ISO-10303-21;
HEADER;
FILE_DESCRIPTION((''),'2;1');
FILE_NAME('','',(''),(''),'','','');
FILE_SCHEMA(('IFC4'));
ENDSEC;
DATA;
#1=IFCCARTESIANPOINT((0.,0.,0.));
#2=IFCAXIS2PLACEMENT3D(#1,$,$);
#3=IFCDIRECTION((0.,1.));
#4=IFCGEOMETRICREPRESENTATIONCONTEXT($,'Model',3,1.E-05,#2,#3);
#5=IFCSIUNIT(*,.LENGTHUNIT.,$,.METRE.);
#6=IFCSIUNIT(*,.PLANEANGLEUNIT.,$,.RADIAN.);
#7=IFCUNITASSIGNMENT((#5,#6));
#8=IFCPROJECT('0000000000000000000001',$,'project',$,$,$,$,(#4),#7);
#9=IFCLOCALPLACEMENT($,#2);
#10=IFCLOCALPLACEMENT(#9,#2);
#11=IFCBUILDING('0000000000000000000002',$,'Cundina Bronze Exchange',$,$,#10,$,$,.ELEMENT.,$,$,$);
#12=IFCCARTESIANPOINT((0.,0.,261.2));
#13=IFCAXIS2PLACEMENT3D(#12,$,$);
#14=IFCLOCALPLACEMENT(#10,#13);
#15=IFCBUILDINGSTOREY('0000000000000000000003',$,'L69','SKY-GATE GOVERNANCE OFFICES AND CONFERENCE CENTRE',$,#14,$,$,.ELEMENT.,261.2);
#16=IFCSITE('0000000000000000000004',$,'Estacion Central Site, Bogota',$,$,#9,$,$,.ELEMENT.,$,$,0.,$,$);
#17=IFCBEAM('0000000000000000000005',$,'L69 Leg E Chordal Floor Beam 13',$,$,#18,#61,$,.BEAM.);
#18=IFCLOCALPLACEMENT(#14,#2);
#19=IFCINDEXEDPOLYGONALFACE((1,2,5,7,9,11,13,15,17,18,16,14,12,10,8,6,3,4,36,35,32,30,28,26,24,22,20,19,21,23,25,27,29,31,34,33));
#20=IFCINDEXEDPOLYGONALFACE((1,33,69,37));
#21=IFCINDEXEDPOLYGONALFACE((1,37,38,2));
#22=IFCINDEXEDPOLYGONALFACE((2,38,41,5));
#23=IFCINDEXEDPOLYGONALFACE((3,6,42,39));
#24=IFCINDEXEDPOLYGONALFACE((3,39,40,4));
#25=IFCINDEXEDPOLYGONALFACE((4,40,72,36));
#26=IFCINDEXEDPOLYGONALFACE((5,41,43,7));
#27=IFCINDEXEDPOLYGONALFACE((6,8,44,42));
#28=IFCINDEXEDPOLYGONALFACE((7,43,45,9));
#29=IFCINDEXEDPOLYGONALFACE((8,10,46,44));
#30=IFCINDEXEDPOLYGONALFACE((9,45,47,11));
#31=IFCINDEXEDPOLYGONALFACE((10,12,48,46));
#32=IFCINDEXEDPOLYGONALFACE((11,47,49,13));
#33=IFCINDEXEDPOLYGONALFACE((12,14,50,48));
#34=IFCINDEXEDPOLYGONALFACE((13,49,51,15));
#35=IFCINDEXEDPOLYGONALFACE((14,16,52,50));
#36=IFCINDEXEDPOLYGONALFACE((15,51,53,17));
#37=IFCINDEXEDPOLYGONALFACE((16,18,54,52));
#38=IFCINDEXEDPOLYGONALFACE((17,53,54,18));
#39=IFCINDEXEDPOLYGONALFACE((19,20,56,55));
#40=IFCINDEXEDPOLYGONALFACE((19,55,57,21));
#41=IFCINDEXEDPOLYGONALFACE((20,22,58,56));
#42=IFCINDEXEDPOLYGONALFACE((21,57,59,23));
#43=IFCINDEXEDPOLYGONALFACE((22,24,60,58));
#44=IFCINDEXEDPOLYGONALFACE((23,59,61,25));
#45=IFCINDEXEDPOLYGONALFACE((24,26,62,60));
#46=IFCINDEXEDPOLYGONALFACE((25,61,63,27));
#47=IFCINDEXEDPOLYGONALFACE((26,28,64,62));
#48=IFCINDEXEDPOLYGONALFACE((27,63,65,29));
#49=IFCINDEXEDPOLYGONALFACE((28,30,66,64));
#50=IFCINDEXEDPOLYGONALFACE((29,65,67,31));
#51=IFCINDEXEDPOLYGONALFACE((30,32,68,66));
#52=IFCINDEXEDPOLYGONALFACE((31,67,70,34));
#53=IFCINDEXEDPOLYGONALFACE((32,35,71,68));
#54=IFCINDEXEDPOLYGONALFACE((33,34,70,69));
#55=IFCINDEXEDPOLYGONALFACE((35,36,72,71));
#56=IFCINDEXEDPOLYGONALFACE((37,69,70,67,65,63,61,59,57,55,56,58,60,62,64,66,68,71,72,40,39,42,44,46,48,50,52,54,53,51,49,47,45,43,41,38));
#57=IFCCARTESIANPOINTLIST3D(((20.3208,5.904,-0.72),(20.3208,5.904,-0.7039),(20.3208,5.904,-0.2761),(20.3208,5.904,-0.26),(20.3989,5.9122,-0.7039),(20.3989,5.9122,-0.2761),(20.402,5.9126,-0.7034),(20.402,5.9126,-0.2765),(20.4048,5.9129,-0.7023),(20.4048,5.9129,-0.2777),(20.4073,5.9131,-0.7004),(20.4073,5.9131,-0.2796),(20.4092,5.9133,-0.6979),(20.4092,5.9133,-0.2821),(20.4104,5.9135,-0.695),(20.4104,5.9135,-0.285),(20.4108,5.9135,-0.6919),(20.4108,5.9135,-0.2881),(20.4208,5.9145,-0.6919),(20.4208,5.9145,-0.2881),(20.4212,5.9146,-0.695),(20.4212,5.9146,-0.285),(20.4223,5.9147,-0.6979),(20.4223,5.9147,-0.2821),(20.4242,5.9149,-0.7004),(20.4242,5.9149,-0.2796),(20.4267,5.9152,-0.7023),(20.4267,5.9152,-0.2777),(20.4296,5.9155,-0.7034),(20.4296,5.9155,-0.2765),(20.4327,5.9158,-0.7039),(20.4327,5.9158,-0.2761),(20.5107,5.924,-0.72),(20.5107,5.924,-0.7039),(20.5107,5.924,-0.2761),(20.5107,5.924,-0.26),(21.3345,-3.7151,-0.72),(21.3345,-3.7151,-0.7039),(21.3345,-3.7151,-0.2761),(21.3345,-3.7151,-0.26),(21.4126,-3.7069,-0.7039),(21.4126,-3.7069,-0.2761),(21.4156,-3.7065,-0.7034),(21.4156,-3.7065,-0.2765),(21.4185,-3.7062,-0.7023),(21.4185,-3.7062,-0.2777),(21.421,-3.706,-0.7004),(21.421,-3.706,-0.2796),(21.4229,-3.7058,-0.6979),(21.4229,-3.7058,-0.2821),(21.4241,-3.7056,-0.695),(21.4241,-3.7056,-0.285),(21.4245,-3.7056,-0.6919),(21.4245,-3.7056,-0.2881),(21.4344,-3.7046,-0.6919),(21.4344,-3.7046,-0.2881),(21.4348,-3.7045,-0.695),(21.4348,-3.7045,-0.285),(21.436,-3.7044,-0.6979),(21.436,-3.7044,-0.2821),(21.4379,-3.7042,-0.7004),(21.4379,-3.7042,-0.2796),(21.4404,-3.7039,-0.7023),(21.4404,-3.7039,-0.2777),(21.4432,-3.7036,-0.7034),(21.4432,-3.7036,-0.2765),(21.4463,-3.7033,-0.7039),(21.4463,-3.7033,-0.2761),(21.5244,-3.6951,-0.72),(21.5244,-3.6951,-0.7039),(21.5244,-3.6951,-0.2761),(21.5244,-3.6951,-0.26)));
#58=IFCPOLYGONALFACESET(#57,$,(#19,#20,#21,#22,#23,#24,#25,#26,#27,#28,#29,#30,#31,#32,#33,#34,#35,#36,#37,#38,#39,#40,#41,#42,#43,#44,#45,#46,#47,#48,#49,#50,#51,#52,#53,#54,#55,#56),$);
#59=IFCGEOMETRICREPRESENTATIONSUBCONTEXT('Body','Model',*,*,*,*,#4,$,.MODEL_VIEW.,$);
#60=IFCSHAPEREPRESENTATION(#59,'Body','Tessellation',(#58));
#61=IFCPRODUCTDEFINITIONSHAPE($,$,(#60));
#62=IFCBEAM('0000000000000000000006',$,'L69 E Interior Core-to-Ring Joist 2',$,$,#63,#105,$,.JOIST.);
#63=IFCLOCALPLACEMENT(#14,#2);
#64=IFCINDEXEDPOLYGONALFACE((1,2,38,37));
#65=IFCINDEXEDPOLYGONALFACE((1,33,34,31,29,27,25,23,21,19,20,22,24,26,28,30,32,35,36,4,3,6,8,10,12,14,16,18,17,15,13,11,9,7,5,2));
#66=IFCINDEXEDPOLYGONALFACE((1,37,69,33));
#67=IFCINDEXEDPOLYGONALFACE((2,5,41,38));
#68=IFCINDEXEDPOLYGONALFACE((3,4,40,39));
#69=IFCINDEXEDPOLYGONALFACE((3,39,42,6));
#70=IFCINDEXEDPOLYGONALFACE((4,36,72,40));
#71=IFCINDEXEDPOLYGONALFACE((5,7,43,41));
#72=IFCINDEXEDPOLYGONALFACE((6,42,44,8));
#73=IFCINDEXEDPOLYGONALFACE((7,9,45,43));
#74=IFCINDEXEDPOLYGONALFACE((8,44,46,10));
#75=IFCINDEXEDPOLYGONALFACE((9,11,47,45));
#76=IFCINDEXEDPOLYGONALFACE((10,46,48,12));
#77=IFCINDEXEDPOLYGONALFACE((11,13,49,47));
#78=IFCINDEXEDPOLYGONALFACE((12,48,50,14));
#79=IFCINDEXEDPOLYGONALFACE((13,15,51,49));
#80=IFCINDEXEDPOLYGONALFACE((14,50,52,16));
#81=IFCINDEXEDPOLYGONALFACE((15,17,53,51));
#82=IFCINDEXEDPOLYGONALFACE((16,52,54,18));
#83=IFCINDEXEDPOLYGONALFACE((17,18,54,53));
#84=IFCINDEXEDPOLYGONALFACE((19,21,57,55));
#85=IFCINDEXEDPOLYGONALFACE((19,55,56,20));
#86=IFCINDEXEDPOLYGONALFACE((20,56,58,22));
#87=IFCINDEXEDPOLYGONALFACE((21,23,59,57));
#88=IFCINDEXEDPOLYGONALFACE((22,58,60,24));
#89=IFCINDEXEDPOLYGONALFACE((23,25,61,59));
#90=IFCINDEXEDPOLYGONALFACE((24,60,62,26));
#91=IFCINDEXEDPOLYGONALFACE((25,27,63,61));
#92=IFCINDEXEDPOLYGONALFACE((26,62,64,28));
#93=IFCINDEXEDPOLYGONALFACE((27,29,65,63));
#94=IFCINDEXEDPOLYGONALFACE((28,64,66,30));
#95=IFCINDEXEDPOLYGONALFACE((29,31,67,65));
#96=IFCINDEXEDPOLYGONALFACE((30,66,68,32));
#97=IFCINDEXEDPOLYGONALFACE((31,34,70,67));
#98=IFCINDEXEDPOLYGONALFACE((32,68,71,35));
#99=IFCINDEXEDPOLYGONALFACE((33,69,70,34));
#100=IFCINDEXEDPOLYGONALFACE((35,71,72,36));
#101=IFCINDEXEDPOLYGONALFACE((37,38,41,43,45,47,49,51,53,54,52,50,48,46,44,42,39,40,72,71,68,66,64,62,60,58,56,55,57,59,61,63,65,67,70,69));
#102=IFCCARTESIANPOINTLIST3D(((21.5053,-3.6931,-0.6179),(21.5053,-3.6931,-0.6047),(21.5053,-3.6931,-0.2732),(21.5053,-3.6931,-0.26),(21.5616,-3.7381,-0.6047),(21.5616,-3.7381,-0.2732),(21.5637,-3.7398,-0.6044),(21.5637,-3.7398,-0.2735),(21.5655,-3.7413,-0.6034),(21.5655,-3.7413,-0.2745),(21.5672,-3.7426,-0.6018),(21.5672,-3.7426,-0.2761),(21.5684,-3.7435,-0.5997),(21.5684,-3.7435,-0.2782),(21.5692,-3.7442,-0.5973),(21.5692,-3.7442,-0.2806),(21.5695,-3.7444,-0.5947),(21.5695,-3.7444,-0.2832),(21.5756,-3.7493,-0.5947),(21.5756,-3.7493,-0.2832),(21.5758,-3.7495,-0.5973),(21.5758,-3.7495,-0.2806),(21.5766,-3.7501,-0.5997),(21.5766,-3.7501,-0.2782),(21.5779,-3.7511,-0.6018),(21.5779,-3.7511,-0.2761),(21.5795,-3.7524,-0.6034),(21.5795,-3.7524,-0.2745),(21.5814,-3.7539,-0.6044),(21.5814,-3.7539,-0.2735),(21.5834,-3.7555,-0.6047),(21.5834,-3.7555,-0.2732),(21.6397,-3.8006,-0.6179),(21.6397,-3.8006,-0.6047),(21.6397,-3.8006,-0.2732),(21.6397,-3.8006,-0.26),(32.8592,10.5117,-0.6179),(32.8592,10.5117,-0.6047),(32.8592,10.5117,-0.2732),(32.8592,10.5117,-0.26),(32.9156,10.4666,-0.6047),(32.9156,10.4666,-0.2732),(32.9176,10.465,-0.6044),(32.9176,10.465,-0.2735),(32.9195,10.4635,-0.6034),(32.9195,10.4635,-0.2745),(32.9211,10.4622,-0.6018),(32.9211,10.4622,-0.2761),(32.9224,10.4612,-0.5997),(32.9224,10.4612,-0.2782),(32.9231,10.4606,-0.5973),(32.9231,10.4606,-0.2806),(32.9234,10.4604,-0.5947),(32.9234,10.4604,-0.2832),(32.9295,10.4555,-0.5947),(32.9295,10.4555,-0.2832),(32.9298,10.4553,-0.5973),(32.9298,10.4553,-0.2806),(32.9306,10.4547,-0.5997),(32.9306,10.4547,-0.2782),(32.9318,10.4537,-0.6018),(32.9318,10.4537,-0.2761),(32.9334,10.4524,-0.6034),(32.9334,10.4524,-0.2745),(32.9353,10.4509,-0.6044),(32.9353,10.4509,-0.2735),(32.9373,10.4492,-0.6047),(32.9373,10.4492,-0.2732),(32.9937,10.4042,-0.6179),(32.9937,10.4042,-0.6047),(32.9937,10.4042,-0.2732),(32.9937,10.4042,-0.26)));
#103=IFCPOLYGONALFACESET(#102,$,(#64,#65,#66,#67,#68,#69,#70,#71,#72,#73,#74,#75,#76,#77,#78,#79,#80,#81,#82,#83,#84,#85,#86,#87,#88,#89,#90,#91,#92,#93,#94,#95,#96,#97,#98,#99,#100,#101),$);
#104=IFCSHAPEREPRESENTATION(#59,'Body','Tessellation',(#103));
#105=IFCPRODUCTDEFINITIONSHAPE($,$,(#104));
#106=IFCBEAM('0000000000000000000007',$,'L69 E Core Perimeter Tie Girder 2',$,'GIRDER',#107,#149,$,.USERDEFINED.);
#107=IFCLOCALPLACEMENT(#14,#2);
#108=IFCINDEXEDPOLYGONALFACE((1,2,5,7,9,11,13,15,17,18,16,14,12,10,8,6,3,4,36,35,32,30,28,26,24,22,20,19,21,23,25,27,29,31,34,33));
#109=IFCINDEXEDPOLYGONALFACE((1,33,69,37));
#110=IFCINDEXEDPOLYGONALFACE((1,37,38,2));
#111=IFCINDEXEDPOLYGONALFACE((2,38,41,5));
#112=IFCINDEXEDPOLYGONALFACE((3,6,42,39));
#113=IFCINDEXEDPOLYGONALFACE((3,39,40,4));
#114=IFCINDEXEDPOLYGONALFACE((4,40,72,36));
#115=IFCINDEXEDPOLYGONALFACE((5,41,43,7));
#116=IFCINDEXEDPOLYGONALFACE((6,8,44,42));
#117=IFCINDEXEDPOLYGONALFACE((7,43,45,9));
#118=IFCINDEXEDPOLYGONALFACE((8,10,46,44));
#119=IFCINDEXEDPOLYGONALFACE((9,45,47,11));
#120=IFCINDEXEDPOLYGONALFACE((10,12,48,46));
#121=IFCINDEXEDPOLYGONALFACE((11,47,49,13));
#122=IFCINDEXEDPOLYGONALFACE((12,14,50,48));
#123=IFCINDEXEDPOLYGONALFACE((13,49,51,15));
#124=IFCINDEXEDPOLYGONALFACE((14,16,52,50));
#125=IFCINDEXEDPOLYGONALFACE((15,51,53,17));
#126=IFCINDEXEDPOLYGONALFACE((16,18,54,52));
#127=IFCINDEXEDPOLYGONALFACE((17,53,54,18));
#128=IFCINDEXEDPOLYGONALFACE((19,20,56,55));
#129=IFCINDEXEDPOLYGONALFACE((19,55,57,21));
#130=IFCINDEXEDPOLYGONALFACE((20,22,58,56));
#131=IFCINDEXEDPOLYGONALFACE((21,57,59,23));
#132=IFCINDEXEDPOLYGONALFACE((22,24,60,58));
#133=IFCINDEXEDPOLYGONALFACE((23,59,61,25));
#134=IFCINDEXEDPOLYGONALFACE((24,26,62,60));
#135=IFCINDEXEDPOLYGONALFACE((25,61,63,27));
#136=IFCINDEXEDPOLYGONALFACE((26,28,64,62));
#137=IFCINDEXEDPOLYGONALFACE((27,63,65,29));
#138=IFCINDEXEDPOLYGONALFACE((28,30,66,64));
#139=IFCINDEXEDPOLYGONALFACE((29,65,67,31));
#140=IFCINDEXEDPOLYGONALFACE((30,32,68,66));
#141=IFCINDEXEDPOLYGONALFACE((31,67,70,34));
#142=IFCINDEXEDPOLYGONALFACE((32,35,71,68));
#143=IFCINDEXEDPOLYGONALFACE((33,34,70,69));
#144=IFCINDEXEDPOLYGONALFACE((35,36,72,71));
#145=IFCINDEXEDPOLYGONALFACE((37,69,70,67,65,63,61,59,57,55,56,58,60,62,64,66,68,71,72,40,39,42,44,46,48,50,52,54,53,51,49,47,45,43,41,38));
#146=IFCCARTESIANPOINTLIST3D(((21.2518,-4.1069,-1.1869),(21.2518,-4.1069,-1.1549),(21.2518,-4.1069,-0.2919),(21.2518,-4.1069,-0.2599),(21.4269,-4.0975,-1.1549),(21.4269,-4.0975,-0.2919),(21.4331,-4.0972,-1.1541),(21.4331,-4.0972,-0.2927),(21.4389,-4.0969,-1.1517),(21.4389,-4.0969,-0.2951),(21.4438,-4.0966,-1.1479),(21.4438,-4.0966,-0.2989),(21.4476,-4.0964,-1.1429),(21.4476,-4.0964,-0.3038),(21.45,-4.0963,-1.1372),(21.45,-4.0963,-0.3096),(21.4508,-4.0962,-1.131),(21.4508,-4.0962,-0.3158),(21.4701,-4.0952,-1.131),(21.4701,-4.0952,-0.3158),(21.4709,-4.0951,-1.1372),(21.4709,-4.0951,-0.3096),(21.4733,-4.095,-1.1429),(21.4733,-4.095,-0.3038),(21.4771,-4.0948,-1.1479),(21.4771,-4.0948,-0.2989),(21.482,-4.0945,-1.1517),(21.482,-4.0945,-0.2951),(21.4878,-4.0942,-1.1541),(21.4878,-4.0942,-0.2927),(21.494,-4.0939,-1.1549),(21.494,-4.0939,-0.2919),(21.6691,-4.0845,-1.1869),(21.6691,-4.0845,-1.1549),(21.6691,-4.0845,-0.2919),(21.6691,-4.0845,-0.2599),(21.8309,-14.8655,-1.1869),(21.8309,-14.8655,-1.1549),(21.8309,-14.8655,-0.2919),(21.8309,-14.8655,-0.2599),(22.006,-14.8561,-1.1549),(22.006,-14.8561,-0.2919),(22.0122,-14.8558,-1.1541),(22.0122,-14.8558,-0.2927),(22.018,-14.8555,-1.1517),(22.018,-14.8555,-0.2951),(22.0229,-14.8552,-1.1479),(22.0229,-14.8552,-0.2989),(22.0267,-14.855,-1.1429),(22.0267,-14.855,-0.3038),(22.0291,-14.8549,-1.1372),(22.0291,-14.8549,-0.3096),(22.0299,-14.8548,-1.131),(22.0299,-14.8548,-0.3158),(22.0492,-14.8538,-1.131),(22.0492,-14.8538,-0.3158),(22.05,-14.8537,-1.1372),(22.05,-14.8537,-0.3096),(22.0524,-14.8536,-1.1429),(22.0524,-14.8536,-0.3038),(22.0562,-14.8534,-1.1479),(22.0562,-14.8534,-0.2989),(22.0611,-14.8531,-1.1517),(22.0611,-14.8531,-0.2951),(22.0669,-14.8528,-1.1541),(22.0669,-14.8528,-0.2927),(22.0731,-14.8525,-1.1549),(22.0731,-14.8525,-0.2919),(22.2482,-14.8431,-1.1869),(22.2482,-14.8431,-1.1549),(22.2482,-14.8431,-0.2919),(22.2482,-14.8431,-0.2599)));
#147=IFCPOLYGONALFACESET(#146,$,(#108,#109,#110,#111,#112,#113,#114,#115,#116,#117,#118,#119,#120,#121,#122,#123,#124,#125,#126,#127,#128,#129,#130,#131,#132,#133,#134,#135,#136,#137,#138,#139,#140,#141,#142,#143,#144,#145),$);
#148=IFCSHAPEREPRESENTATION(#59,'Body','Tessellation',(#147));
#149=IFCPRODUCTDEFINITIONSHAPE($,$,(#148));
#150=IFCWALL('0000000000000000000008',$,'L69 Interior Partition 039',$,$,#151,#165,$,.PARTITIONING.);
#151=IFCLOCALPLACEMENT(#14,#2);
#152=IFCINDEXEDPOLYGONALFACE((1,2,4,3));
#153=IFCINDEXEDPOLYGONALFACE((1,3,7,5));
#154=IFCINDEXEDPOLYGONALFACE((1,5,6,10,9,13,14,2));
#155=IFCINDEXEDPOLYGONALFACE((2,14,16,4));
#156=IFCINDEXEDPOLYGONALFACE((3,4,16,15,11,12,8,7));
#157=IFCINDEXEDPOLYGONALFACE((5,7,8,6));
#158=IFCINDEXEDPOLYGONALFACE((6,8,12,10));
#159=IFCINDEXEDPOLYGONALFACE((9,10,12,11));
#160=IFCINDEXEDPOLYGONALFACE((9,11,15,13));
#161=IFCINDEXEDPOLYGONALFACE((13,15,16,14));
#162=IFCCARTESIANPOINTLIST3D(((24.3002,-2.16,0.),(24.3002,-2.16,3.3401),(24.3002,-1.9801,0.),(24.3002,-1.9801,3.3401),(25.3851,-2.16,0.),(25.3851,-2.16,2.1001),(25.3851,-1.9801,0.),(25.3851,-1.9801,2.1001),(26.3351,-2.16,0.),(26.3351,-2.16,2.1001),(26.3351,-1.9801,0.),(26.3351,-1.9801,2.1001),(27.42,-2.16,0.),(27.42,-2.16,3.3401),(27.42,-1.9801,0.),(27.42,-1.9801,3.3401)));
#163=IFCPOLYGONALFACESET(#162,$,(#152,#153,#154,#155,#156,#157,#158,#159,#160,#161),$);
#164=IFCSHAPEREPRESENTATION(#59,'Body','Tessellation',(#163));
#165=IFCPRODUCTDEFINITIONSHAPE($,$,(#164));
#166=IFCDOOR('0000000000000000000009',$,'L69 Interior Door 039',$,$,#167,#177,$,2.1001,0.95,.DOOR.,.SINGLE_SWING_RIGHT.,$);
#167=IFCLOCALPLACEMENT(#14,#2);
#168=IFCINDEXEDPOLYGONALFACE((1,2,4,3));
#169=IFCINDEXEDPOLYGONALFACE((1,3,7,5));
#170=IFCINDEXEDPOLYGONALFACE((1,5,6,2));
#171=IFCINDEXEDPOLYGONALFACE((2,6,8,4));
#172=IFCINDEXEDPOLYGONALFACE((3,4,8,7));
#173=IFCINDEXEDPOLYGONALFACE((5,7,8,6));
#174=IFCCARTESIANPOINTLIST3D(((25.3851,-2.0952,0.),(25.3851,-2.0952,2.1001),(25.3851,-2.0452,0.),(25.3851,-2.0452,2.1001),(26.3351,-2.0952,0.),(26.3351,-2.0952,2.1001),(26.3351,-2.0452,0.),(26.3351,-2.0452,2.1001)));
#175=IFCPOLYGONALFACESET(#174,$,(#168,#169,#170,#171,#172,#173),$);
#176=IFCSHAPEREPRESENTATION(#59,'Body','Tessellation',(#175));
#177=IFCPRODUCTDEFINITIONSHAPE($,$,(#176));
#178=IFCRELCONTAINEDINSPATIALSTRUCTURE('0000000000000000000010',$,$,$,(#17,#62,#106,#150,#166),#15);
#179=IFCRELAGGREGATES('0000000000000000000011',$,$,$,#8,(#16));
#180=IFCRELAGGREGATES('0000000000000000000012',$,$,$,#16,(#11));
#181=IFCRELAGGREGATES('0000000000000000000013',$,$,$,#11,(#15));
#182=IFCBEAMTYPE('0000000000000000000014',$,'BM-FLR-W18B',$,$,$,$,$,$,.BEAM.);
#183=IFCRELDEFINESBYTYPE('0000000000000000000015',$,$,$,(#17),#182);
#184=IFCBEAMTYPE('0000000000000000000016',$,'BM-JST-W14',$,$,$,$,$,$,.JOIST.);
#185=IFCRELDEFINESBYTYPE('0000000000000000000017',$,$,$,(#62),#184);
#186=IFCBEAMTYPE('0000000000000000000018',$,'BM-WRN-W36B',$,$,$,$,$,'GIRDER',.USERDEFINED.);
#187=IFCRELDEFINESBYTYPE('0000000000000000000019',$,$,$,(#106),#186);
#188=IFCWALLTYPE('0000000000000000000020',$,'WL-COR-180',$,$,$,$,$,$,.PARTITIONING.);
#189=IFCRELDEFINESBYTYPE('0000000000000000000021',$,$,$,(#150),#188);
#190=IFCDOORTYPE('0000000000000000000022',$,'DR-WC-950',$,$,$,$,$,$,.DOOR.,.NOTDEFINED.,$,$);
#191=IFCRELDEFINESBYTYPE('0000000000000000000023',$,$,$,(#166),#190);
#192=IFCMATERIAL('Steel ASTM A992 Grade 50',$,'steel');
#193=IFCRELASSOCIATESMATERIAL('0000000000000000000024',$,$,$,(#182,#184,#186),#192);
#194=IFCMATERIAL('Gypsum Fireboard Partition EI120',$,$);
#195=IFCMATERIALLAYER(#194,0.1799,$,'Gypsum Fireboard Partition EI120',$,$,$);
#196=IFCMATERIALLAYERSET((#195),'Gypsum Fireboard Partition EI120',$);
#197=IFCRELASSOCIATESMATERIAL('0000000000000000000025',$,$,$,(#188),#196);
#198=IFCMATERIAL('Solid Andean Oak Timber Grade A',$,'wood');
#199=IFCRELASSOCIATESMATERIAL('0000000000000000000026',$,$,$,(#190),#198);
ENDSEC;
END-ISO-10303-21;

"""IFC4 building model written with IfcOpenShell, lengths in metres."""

from ifc_helpers import new_model, si_unit, direction, frame, frame_2d, origin, origin_2d, place, context, subcontext, project, spatial, rectangle, i_section, extrude, material, layer, layer_set, material_profile, profile_set, type_object, element, fill, save


model = new_model("IFC4")

# Units and contexts
model_context = context("Model", 3, precision=1e-05, world=origin(), true_north=direction((0.0, 1.0)))
body_context = subcontext(model_context, "Body", "Model", "MODEL_VIEW")
ifc_project = project(units=[si_unit("LENGTHUNIT", "METRE"), si_unit("PLANEANGLEUNIT", "RADIAN")], contexts=[model_context])

# Site, building, storey
site_placement = place(None, origin())
site = spatial("IfcSite", under=ifc_project, at=site_placement, Name="Estacion Central Site, Bogota", CompositionType="ELEMENT", RefElevation=0.0)
building_placement = place(site_placement, origin())
building = spatial("IfcBuilding", under=site, at=building_placement, Name="Cundina Bronze Exchange", CompositionType="ELEMENT")
storey_placement = place(building_placement, frame((0.0, 0.0, 261.2)))
storey = spatial("IfcBuildingStorey", under=building, at=storey_placement, Name="L69", Description="SKY-GATE GOVERNANCE OFFICES AND CONFERENCE CENTRE", CompositionType="ELEMENT", Elevation=261.2)

# Shared definitions
ifc_material_1 = material(Name="Steel ASTM A992 Grade 50", Category="steel")

# Beams
ifc_material_profile_1 = material_profile(ifc_material_1, i_section(OverallWidth=0.1909, OverallDepth=0.46, WebThickness=0.01, FlangeThickness=0.0161, FilletRadius=0.012, at=origin_2d()), Name="W18X55", Category="steel")
ifc_profile_set_1 = profile_set([ifc_material_profile_1], Name="Steel ASTM A992 Grade 50")
beam_type_1 = type_object("IfcBeamType", Name="BM-FLR-W18B", PredefinedType="BEAM", material=ifc_profile_set_1)
beam_1_placement = place(storey_placement, frame((21.4294, -3.7051, -0.49), z_axis=(-0.1048, 0.994493, 0.0), x_axis=(-0.994493, -0.1048, 0.0)))
element("IfcBeam", 1, at=beam_1_placement, inside=storey, type_object=beam_type_1, Name="L69 Leg E Chordal Floor Beam 13", PredefinedType="BEAM", context=body_context, shape_type="SweptSolid", body=[
    extrude(i_section(OverallWidth=0.1909, OverallDepth=0.46, WebThickness=0.01, FlangeThickness=0.0161, FilletRadius=0.012, at=origin_2d()), origin(), (0.0, 0.0, 1.0), 9.6724),
])
ifc_material_profile_2 = material_profile(ifc_material_1, i_section(OverallWidth=0.1721, OverallDepth=0.3579, WebThickness=0.0078, FlangeThickness=0.0132, FilletRadius=0.01, at=origin_2d()), Name="W14X38", Category="steel")
ifc_profile_set_2 = profile_set([ifc_material_profile_2], Name="Steel ASTM A992 Grade 50")
beam_type_2 = type_object("IfcBeamType", Name="BM-JST-W14", PredefinedType="JOIST", material=ifc_profile_set_2)
beam_2_placement = place(storey_placement, frame((21.5725, -3.7468, -0.439), z_axis=(0.624364, 0.781133, 0.0), x_axis=(-0.781133, 0.624364, 0.0)))
element("IfcBeam", 2, at=beam_2_placement, inside=storey, type_object=beam_type_2, Name="L69 E Interior Core-to-Ring Joist 2", PredefinedType="JOIST", context=body_context, shape_type="SweptSolid", body=[
    extrude(i_section(OverallWidth=0.1721, OverallDepth=0.3579, WebThickness=0.0078, FlangeThickness=0.0132, FilletRadius=0.01, at=origin_2d()), origin(), (0.0, 0.0, 1.0), 18.1848),
])
ifc_material_profile_3 = material_profile(ifc_material_1, i_section(OverallWidth=0.418, OverallDepth=0.927, WebThickness=0.0193, FlangeThickness=0.032, FilletRadius=0.0239, at=origin_2d()), Name="W36X231", Category="steel")
ifc_profile_set_3 = profile_set([ifc_material_profile_3], Name="Steel ASTM A992 Grade 50")
beam_type_3 = type_object("IfcBeamType", Name="BM-WRN-W36B", ElementType="GIRDER", PredefinedType="USERDEFINED", material=ifc_profile_set_3)
beam_3_placement = place(storey_placement, frame((21.4604, -4.0957, -0.7234), z_axis=(0.053749, -0.998554, 0.0), x_axis=(0.998554, 0.053749, 0.0)))
element("IfcBeam", 3, at=beam_3_placement, inside=storey, type_object=beam_type_3, Name="L69 E Core Perimeter Tie Girder 2", ObjectType="GIRDER", PredefinedType="USERDEFINED", context=body_context, shape_type="SweptSolid", body=[
    extrude(i_section(OverallWidth=0.418, OverallDepth=0.927, WebThickness=0.0193, FlangeThickness=0.032, FilletRadius=0.0239, at=origin_2d()), origin(), (0.0, 0.0, 1.0), 10.7742),
])

# Wall, opening, door
ifc_material_2 = material(Name="Gypsum Fireboard Partition EI120")
ifc_layer_1 = layer(ifc_material_2, 0.1799, Name="Gypsum Fireboard Partition EI120")
ifc_layer_set_1 = layer_set([ifc_layer_1], Name="Gypsum Fireboard Partition EI120")
wall_type_1 = type_object("IfcWallType", Name="WL-COR-180", PredefinedType="PARTITIONING", material=ifc_layer_set_1)
wall_1_placement = place(storey_placement, frame((24.3, -2.0701, 0.0), z_axis=(0.0, 0.0, 1.0), x_axis=(1.0, 0.0, 0.0)))
wall_1 = element("IfcWall", 4, at=wall_1_placement, inside=storey, type_object=wall_type_1, Name="L69 Interior Partition 039", PredefinedType="PARTITIONING", context=body_context, shape_type="SweptSolid", body=[
    extrude(rectangle(XDim=3.1199, YDim=0.1799, at=frame_2d((1.5601, 0.0))), origin(), (0.0, 0.0, 1.0), 3.3401),
])
opening_1_placement = place(wall_1_placement, frame((1.085, 0.0, 0.0)))
opening_1 = element("IfcOpeningElement", 5, at=opening_1_placement, cuts=wall_1, PredefinedType="OPENING", context=body_context, shape_type="SweptSolid", body=[
    extrude(rectangle(XDim=0.95, YDim=2.1001, at=frame_2d((0.4751, 1.05))), frame((0.0, 0.0999, 0.0), z_axis=(0.0, -1.0, 0.0), x_axis=(1.0, 0.0, 0.0)), (0.0, 0.0, 1.0), 0.2),
])
ifc_material_3 = material(Name="Solid Andean Oak Timber Grade A", Category="wood")
door_type_1 = type_object("IfcDoorType", Name="DR-WC-950", OperationType="NOTDEFINED", PredefinedType="DOOR", material=ifc_material_3)
door_1_placement = place(opening_1_placement, origin())
door_1 = element("IfcDoor", 6, at=door_1_placement, inside=storey, type_object=door_type_1, Name="L69 Interior Door 039", OperationType="SINGLE_SWING_RIGHT", OverallHeight=2.1001, OverallWidth=0.95, PredefinedType="DOOR", context=body_context, shape_type="SweptSolid", body=[
    extrude(rectangle(XDim=0.95, YDim=2.1001, at=frame_2d((0.4751, 1.05))), frame((0.0, 0.0249, 0.0), z_axis=(0.0, -1.0, 0.0), x_axis=(1.0, 0.0, 0.0)), (0.0, 0.0, 1.0), 0.05),
])
fill(opening_1, door_1)

save(model, "model.ifc")
